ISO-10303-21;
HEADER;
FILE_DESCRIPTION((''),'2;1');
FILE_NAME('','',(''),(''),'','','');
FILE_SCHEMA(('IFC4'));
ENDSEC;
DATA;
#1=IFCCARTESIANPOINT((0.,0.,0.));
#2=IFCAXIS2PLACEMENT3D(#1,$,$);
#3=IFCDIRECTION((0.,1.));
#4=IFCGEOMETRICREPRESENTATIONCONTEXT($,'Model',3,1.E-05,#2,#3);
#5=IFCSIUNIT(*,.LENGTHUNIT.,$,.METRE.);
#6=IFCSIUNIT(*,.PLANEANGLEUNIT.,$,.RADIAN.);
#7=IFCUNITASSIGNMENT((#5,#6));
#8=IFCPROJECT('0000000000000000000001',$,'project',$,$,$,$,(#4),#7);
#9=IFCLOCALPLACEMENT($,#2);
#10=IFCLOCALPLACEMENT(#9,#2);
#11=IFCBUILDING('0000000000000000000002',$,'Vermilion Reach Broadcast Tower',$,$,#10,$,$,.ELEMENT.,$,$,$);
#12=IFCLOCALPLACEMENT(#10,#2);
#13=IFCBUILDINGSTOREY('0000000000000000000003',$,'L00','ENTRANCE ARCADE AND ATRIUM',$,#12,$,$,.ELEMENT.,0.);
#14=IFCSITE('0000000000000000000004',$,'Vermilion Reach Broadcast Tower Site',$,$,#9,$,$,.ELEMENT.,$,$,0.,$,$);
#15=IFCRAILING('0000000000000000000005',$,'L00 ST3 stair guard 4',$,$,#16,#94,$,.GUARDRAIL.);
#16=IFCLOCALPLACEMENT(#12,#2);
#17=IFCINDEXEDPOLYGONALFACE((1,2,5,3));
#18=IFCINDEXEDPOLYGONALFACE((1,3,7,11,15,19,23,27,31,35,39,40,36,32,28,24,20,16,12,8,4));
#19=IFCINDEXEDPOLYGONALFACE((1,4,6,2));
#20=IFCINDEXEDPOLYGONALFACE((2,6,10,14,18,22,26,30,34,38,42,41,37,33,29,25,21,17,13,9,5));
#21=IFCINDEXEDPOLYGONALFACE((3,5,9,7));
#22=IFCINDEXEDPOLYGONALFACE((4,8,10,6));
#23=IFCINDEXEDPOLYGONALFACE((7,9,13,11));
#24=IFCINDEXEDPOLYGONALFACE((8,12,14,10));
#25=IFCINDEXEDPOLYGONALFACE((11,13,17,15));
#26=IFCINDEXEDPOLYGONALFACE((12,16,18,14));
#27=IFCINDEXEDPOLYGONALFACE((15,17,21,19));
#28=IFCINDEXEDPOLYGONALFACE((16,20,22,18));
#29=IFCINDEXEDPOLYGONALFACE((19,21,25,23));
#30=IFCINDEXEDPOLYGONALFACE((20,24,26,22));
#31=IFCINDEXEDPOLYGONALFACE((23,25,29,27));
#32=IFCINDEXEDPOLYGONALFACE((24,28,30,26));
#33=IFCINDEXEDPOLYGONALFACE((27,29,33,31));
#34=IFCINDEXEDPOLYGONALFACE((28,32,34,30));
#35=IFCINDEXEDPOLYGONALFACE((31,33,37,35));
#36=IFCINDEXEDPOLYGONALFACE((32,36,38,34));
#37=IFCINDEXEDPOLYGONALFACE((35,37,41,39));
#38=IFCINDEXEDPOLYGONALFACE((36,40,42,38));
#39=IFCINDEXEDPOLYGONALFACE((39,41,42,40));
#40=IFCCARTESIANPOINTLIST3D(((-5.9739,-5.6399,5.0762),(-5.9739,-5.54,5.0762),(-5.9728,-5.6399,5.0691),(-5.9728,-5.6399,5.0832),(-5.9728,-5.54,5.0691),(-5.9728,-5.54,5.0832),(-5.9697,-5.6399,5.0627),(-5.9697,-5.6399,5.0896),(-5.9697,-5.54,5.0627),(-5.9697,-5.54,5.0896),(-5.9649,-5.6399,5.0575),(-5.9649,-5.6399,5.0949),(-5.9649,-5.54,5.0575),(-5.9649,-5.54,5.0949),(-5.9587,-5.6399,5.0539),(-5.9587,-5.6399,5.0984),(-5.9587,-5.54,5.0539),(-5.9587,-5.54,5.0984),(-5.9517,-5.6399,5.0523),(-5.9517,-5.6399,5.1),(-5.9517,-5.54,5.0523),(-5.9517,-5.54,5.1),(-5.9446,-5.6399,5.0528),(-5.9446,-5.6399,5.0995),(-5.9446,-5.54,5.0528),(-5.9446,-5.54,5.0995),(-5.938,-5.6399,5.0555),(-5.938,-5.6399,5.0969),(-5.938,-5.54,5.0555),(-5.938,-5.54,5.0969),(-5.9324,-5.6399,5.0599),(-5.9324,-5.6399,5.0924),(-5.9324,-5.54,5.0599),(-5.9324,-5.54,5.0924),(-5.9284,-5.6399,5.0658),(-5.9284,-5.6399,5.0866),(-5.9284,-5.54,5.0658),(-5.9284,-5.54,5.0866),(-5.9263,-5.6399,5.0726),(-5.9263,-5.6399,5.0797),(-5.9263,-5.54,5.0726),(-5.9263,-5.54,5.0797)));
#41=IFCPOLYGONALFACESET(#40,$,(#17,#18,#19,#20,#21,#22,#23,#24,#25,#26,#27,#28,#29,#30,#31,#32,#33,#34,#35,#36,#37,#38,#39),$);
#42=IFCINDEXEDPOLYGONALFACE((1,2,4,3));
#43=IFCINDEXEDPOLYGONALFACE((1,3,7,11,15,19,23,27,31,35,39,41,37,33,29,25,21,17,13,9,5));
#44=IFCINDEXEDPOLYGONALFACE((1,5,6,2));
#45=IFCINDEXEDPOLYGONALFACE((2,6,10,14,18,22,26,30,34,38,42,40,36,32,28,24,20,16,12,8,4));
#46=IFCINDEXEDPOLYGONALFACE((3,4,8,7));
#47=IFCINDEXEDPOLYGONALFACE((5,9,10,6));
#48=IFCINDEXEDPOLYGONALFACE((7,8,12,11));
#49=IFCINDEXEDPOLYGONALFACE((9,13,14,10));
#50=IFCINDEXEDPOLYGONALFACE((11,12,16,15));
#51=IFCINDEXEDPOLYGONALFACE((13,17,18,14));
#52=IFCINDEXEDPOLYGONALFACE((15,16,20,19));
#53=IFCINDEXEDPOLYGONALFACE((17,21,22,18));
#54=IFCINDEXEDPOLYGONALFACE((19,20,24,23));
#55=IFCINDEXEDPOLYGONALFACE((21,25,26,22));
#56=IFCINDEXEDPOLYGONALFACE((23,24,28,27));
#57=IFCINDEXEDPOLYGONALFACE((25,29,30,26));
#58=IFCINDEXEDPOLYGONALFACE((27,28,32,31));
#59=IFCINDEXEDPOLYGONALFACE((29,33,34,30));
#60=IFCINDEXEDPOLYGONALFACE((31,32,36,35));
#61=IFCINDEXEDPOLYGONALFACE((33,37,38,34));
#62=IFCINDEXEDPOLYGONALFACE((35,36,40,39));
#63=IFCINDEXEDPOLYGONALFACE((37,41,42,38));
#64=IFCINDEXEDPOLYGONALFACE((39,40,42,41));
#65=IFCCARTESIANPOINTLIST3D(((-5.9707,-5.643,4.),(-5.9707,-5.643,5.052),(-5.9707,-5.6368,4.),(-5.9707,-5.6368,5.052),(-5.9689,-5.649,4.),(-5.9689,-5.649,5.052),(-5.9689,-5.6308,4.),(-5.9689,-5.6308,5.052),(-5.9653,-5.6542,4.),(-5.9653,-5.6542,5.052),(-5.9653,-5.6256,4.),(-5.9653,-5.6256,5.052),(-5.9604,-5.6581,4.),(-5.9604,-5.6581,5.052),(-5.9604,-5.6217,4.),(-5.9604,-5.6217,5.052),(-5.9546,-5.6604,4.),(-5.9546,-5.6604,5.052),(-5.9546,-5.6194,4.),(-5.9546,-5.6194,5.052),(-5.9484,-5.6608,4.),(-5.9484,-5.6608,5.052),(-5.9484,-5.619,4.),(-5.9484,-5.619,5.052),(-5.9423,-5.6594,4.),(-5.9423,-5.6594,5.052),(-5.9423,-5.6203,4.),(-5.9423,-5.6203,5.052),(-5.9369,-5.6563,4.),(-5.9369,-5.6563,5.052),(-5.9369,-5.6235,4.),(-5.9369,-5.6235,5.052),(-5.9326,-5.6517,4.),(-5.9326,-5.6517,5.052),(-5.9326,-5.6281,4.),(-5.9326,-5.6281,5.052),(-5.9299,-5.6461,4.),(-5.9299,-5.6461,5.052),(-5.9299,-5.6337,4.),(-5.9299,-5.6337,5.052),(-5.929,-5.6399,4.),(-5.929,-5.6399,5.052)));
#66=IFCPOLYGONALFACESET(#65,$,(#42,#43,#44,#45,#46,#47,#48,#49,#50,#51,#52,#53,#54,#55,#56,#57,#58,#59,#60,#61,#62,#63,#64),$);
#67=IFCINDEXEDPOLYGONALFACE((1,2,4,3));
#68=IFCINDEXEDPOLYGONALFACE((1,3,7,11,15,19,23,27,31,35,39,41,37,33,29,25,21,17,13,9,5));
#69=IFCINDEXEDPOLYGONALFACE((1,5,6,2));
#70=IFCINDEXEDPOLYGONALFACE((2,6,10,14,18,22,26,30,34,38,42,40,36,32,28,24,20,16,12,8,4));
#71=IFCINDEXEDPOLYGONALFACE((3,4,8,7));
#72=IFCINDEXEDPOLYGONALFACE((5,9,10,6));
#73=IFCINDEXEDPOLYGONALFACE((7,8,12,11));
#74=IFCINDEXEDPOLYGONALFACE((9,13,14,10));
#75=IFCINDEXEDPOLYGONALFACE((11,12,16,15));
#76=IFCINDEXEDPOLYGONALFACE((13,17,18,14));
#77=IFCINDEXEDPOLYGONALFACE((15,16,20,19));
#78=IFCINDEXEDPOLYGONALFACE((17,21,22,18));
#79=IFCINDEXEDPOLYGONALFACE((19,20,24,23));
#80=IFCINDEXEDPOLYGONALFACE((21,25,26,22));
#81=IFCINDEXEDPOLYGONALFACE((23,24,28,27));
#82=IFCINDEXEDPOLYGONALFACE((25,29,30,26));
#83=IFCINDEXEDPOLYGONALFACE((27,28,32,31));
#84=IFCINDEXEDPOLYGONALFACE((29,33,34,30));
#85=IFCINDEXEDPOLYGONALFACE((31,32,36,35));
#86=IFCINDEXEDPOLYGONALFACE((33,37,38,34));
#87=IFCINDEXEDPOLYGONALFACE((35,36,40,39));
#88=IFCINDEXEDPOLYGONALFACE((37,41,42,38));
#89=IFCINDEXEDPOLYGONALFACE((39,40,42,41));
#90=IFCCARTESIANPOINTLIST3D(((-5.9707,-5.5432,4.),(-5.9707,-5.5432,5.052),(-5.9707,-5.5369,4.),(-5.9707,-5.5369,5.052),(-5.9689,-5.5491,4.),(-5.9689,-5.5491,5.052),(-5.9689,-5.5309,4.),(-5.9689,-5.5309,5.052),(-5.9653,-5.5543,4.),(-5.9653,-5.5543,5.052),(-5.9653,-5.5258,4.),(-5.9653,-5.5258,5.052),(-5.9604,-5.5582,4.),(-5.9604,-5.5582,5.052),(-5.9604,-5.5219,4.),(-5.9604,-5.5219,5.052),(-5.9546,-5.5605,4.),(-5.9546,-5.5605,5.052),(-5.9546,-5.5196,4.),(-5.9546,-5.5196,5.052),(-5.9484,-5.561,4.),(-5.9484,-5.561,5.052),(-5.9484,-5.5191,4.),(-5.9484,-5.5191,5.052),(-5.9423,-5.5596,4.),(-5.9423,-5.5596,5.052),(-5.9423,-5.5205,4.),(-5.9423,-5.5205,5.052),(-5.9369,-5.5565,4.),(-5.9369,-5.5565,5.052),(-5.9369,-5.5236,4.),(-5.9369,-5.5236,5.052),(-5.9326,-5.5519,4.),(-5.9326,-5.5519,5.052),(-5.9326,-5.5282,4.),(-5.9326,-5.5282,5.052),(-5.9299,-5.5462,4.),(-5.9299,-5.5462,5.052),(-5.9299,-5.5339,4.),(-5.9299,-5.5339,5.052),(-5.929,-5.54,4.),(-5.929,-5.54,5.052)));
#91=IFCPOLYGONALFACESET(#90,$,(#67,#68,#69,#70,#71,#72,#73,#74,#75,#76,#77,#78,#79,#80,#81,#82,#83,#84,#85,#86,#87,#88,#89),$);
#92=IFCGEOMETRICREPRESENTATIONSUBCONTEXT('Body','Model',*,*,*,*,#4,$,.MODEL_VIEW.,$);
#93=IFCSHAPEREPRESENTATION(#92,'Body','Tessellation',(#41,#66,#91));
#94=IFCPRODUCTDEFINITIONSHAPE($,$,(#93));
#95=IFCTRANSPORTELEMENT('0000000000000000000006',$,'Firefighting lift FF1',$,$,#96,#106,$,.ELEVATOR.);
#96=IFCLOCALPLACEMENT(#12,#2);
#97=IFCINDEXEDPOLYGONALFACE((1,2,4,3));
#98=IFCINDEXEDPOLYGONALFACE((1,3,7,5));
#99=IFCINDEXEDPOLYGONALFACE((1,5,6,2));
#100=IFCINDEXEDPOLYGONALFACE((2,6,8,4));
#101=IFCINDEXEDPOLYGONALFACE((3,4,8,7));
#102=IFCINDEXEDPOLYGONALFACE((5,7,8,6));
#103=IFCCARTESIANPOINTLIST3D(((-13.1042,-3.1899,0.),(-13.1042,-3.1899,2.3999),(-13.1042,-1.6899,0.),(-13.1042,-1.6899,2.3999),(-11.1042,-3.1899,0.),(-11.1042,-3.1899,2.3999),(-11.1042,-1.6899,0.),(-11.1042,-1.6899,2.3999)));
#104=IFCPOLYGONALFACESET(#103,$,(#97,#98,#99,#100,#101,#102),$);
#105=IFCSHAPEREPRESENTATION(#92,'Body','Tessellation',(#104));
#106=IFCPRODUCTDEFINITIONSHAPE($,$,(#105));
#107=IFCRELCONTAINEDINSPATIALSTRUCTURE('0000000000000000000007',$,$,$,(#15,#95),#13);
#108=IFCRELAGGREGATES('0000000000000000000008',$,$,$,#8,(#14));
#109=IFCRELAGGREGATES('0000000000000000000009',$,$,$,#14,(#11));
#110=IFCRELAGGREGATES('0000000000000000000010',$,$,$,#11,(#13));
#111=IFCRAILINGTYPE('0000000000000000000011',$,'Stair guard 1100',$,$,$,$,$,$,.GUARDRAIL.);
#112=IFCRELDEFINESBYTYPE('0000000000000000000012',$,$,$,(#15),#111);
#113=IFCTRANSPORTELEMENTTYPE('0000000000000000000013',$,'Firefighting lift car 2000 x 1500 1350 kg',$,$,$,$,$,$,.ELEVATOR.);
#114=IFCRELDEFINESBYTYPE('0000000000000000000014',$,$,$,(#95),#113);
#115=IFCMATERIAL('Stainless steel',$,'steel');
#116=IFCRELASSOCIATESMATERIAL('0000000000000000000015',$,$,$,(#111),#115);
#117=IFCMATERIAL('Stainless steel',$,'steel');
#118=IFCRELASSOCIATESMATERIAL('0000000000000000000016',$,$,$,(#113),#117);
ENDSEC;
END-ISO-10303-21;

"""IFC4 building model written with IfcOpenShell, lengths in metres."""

from ifc_helpers import new_model, si_unit, direction, frame, origin, origin_2d, place, context, subcontext, project, spatial, rectangle, circle, extrude, material, type_object, element, save


model = new_model("IFC4")

# Units and contexts
model_context = context("Model", 3, precision=1e-05, world=origin(), true_north=direction((0.0, 1.0)))
body_context = subcontext(model_context, "Body", "Model", "MODEL_VIEW")
ifc_project = project(units=[si_unit("LENGTHUNIT", "METRE"), si_unit("PLANEANGLEUNIT", "RADIAN")], contexts=[model_context])

# Site, building, storey
site_placement = place(None, origin())
site = spatial("IfcSite", under=ifc_project, at=site_placement, Name="Vermilion Reach Broadcast Tower Site", CompositionType="ELEMENT", RefElevation=0.0)
building_placement = place(site_placement, origin())
building = spatial("IfcBuilding", under=site, at=building_placement, Name="Vermilion Reach Broadcast Tower", CompositionType="ELEMENT")
storey_placement = place(building_placement, origin())
storey = spatial("IfcBuildingStorey", under=building, at=storey_placement, Name="L00", Description="ENTRANCE ARCADE AND ATRIUM", CompositionType="ELEMENT", Elevation=0.0)

# Railing
ifc_material_1 = material(Name="Stainless steel", Category="steel")
railing_type = type_object("IfcRailingType", Name="Stair guard 1100", PredefinedType="GUARDRAIL", material=ifc_material_1)
railing_placement = place(storey_placement, frame((-5.95, -5.6399, 4.0)))
element("IfcRailing", 1, at=railing_placement, inside=storey, type_object=railing_type, Name="L00 ST3 stair guard 4", PredefinedType="GUARDRAIL", context=body_context, shape_type="SweptSolid", body=[
    extrude(circle(Radius=0.0239, at=origin_2d()), frame((0.0, 0.0, 1.0762), z_axis=(0.0, 1.0, 0.0), x_axis=(-1.0, 0.0, 0.0)), (0.0, 0.0, 1.0), 0.0999),
    extrude(circle(Radius=0.021, at=origin_2d()), origin(), (0.0, 0.0, 1.0), 1.052),
    extrude(circle(Radius=0.021, at=origin_2d()), frame((0.0, 0.0999, 0.0)), (0.0, 0.0, 1.0), 1.052),
])

# Transport element
ifc_material_2 = material(Name="Stainless steel", Category="steel")
transport_element_type = type_object("IfcTransportElementType", Name="Firefighting lift car 2000 x 1500 1350 kg", PredefinedType="ELEVATOR", material=ifc_material_2)
transport_element_placement = place(storey_placement, frame((-12.1042, -2.4399, 0.0), z_axis=(0.0, 0.0, 1.0), x_axis=(1.0, 0.0, 0.0)))
element("IfcTransportElement", 2, at=transport_element_placement, inside=storey, type_object=transport_element_type, Name="Firefighting lift FF1", PredefinedType="ELEVATOR", context=body_context, shape_type="SweptSolid", body=[
    extrude(rectangle(XDim=2.0, YDim=1.5, at=origin_2d()), origin(), (0.0, 0.0, 1.0), 2.3999),
])

save(model, "model.ifc")
